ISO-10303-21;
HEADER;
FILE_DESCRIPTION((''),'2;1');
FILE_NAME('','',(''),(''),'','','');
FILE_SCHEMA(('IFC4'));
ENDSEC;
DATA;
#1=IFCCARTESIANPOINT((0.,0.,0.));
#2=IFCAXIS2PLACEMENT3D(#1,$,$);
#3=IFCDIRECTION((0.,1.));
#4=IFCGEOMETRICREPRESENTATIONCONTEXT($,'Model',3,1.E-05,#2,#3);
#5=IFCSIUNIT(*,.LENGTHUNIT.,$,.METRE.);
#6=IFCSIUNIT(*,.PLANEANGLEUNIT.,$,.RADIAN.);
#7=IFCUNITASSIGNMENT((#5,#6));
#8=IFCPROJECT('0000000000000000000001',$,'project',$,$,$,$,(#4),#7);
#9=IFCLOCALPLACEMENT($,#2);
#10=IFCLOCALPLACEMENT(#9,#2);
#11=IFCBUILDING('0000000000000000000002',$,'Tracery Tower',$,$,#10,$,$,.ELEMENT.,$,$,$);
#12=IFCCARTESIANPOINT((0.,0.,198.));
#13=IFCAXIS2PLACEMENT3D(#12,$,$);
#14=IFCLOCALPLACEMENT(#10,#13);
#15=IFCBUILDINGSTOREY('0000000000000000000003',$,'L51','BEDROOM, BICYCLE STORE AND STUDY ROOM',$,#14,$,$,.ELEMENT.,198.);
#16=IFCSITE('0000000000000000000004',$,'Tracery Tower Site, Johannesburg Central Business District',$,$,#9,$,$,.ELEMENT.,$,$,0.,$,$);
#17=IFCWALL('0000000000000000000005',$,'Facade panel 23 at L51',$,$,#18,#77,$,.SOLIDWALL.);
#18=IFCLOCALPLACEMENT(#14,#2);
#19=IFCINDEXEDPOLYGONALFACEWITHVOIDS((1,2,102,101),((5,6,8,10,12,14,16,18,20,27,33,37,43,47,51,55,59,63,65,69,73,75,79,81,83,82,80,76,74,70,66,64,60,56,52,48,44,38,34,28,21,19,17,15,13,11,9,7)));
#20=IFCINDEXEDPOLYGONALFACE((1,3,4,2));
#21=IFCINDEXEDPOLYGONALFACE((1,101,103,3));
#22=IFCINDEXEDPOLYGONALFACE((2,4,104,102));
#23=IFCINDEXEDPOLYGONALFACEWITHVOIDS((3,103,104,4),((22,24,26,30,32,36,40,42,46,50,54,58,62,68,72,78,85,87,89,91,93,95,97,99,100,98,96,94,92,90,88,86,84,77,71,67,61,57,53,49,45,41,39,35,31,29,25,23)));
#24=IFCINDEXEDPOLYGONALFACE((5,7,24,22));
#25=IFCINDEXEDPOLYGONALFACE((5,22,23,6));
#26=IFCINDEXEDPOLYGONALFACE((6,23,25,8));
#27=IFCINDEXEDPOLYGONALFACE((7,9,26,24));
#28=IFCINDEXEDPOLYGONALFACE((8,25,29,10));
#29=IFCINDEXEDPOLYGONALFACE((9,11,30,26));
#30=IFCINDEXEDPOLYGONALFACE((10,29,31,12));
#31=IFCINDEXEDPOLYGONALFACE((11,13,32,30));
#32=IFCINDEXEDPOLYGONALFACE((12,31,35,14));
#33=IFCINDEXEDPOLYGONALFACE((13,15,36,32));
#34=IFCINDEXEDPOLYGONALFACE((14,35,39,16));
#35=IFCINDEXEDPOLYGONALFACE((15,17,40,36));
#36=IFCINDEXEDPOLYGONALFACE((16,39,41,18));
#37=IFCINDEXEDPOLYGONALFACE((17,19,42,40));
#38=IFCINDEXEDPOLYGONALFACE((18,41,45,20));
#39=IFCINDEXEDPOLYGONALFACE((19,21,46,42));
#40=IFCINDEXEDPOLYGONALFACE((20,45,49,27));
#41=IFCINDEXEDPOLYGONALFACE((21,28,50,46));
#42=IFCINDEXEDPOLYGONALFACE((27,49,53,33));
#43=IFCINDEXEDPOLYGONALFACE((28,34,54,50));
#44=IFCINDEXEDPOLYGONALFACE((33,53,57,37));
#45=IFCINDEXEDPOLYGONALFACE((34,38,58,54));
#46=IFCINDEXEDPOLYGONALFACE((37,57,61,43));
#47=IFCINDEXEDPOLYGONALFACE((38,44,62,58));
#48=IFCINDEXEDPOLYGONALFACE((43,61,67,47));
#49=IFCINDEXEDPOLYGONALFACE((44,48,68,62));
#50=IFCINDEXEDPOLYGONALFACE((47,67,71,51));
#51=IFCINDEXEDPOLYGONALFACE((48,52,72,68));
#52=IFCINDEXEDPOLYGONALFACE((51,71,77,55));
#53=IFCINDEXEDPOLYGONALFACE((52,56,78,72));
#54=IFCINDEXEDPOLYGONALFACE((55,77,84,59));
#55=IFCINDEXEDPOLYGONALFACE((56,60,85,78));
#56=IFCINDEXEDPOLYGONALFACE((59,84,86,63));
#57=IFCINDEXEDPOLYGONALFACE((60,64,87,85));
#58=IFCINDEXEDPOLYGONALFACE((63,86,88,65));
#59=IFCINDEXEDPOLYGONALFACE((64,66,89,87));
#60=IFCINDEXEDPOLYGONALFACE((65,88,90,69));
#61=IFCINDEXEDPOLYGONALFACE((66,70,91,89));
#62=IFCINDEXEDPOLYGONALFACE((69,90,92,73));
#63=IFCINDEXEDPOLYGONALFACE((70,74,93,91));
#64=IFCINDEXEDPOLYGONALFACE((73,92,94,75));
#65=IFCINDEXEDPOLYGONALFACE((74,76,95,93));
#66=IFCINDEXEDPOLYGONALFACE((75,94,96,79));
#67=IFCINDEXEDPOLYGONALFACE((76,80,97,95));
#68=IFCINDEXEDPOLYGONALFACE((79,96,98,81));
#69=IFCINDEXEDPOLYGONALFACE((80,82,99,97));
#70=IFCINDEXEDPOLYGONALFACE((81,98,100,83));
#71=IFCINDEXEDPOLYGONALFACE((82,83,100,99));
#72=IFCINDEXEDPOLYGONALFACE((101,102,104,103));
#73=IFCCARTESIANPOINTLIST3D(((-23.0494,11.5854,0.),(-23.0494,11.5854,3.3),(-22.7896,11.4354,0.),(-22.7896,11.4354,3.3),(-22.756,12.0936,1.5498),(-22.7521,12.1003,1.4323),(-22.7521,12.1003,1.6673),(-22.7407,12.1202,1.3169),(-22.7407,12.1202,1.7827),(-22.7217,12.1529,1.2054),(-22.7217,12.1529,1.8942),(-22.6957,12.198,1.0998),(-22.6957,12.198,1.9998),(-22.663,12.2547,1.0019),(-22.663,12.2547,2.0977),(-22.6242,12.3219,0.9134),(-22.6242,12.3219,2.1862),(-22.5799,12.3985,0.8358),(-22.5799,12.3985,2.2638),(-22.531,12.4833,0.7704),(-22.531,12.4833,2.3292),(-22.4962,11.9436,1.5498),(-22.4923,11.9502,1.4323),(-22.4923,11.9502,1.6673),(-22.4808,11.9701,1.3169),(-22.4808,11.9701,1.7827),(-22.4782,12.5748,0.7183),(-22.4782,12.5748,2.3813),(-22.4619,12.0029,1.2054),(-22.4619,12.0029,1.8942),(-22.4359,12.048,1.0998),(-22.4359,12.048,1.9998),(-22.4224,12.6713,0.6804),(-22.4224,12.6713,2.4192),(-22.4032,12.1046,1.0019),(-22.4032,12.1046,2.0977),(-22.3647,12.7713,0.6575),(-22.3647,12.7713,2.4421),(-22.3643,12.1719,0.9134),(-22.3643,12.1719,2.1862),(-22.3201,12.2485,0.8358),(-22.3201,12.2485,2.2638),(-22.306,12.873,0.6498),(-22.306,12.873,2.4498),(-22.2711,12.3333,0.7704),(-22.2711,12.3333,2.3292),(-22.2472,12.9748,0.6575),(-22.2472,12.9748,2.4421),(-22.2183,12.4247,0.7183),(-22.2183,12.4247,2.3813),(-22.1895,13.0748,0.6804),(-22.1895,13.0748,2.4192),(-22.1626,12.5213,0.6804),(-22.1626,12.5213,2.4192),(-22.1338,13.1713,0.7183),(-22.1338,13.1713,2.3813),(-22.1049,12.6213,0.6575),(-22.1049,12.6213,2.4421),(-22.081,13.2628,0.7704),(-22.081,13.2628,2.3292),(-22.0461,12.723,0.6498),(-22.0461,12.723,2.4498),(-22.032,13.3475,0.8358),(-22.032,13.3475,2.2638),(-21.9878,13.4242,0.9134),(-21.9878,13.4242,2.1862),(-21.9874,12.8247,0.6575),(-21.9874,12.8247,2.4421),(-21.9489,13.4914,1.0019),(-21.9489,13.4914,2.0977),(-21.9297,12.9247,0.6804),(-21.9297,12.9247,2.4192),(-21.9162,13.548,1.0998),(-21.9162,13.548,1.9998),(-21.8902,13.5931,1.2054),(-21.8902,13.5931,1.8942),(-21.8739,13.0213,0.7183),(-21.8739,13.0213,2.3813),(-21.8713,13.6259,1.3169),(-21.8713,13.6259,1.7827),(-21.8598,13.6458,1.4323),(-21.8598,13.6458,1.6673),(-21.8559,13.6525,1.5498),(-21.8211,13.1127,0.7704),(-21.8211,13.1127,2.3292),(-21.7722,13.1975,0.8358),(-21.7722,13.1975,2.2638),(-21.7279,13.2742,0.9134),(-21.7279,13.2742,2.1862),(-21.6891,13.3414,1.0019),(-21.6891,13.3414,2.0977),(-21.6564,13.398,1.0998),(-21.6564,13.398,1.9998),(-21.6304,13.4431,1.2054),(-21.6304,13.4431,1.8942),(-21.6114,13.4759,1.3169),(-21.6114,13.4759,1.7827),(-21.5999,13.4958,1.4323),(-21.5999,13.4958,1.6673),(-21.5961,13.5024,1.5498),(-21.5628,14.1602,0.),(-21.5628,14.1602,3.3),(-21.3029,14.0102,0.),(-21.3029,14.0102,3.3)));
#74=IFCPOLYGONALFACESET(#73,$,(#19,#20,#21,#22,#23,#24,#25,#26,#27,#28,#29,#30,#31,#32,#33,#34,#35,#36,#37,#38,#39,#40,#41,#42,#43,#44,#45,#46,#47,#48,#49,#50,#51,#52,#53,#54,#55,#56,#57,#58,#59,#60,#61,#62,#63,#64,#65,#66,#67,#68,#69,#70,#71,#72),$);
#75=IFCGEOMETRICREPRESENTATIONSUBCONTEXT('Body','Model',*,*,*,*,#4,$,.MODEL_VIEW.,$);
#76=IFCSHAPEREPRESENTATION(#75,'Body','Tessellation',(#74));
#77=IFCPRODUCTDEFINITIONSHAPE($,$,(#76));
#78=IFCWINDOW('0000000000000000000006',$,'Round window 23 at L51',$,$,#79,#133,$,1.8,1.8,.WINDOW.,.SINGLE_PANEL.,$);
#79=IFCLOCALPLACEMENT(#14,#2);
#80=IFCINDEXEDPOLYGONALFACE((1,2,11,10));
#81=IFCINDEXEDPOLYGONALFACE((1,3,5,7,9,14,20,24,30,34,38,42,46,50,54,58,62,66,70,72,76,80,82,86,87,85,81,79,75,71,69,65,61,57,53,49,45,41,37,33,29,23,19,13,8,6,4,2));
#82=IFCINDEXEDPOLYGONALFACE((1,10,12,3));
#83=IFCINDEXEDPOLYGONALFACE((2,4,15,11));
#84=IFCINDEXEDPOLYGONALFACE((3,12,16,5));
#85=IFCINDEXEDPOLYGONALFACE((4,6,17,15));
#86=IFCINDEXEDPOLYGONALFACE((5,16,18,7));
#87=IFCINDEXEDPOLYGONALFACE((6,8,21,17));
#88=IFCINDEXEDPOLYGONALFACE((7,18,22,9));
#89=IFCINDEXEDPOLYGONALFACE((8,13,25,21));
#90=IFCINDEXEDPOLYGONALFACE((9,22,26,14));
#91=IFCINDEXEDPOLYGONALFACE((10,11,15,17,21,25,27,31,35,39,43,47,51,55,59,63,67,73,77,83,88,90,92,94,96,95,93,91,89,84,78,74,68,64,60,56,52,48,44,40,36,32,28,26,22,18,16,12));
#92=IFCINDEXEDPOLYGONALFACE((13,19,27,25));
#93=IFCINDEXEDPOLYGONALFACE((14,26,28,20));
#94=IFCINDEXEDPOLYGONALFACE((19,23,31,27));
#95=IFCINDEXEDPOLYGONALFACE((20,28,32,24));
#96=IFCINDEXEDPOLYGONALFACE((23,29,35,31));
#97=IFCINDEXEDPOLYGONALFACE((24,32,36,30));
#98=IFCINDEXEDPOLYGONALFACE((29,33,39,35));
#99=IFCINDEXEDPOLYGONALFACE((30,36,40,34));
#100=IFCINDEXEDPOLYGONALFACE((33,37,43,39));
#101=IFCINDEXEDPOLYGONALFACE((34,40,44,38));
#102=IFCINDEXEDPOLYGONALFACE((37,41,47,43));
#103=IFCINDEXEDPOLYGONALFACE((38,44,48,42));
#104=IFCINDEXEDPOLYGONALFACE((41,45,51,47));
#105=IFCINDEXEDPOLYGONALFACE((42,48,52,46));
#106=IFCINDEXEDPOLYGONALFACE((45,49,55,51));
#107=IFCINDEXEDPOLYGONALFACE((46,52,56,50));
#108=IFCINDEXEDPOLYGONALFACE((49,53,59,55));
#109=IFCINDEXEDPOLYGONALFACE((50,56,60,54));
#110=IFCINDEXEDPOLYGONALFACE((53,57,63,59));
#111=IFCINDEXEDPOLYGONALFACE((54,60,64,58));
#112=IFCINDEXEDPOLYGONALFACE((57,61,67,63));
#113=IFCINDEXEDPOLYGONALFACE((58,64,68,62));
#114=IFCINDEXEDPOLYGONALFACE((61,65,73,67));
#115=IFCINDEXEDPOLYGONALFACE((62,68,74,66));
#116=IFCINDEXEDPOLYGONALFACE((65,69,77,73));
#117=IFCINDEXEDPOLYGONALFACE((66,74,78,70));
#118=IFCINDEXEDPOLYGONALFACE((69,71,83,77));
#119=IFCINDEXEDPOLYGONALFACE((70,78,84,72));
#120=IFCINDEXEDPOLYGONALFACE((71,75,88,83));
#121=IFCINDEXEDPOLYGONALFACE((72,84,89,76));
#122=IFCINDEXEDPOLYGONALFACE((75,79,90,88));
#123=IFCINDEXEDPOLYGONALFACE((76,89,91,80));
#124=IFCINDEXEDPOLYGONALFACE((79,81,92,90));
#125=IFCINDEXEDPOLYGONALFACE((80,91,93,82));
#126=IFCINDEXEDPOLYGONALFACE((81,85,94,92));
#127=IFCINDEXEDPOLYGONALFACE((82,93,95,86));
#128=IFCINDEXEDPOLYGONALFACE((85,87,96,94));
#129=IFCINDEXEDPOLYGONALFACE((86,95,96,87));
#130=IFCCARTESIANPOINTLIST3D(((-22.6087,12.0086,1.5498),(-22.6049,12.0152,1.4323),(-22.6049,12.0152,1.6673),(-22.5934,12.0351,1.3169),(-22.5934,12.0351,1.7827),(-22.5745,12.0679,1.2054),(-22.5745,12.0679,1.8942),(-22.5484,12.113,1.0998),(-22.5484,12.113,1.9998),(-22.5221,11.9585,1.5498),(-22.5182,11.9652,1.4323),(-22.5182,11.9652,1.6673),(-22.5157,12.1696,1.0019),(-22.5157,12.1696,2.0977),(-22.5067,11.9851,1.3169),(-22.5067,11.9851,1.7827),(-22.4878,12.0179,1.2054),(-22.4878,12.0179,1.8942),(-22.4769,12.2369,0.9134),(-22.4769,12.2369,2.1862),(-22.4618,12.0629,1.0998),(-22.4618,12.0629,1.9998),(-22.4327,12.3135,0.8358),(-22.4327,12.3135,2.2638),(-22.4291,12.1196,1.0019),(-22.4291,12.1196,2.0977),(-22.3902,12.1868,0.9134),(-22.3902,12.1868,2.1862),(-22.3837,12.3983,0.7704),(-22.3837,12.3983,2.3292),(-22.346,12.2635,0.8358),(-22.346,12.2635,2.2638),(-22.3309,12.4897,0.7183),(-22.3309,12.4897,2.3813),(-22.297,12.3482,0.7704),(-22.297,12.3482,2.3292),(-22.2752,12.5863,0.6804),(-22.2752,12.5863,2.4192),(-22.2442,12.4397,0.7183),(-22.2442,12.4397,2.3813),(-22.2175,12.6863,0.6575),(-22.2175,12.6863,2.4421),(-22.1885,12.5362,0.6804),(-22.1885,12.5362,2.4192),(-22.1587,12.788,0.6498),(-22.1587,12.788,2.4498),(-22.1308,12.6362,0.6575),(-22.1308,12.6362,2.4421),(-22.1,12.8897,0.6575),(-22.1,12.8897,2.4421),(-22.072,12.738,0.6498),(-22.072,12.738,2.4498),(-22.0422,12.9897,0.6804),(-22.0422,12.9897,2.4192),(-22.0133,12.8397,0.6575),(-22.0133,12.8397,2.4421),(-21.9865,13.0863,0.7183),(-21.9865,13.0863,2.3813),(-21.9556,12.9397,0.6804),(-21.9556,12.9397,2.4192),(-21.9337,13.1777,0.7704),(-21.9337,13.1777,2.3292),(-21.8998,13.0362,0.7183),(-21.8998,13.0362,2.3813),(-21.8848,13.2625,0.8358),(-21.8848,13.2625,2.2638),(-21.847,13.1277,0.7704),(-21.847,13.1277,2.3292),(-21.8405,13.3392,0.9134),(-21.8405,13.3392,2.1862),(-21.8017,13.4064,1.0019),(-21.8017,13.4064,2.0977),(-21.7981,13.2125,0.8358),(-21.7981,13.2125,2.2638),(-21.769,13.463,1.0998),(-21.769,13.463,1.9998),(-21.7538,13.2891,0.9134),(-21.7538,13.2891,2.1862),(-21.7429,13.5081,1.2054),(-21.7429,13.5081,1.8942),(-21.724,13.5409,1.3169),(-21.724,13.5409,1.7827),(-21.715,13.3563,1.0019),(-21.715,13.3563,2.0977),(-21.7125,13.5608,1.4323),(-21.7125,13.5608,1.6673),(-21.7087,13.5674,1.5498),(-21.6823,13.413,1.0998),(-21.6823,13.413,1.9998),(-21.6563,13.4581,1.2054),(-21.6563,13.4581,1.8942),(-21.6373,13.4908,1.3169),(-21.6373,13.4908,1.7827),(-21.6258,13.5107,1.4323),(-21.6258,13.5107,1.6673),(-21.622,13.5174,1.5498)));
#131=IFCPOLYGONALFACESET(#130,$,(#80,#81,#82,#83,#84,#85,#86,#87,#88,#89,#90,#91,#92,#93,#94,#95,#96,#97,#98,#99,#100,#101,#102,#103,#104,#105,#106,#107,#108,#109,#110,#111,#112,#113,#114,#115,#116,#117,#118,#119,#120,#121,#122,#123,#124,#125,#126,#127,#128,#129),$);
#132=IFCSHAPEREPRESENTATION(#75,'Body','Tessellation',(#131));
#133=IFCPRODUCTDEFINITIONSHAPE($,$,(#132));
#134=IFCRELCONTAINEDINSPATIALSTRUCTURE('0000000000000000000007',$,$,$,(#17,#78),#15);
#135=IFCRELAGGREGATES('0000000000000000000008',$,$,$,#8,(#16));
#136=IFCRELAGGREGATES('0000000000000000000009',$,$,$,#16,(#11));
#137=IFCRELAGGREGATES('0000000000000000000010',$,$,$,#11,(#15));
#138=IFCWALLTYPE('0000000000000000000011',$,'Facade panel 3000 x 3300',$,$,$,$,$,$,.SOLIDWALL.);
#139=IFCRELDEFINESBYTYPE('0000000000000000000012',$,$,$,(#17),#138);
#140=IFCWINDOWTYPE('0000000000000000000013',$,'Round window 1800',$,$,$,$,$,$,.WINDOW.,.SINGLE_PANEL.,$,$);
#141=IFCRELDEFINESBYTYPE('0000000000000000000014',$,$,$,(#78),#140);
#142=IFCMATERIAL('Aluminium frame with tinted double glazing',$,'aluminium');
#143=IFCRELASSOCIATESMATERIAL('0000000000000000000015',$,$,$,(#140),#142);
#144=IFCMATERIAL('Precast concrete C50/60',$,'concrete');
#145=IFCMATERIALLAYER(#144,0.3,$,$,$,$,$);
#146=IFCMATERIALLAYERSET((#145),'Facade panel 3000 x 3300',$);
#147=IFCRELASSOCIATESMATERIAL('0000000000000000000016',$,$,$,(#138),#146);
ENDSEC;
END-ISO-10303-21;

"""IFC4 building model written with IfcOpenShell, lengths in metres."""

from ifc_helpers import new_model, si_unit, direction, frame, frame_2d, origin, origin_2d, place, context, subcontext, project, spatial, rectangle, circle, extrude, material, layer, layer_set, type_object, element, fill, save


model = new_model("IFC4")

# Units and contexts
model_context = context("Model", 3, precision=1e-05, world=origin(), true_north=direction((0.0, 1.0)))
body_context = subcontext(model_context, "Body", "Model", "MODEL_VIEW")
ifc_project = project(units=[si_unit("LENGTHUNIT", "METRE"), si_unit("PLANEANGLEUNIT", "RADIAN")], contexts=[model_context])

# Site, building, storey
site_placement = place(None, origin())
site = spatial("IfcSite", under=ifc_project, at=site_placement, Name="Tracery Tower Site, Johannesburg Central Business District", CompositionType="ELEMENT", RefElevation=0.0)
building_placement = place(site_placement, origin())
building = spatial("IfcBuilding", under=site, at=building_placement, Name="Tracery Tower", CompositionType="ELEMENT")
storey_placement = place(building_placement, frame((0.0, 0.0, 198.0)))
storey = spatial("IfcBuildingStorey", under=building, at=storey_placement, Name="L51", Description="BEDROOM, BICYCLE STORE AND STUDY ROOM", CompositionType="ELEMENT", Elevation=198.0)

# Wall, opening, window
ifc_material_1 = material(Name="Aluminium frame with tinted double glazing", Category="aluminium")
window_type = type_object("IfcWindowType", Name="Round window 1800", PartitioningType="SINGLE_PANEL", PredefinedType="WINDOW", material=ifc_material_1)
ifc_material_2 = material(Name="Precast concrete C50/60", Category="concrete")
ifc_layer_1 = layer(ifc_material_2, 0.3)
ifc_layer_set_1 = layer_set([ifc_layer_1], Name="Facade panel 3000 x 3300")
wall_type_1 = type_object("IfcWallType", Name="Facade panel 3000 x 3300", PredefinedType="SOLIDWALL", material=ifc_layer_set_1)
wall_1_placement = place(storey_placement, frame((-21.4329, 14.0852, 0.0), z_axis=(0.0, 0.0, 1.0), x_axis=(-0.500016, -0.866016, 0.0)))
wall_1 = element("IfcWall", 1, at=wall_1_placement, inside=storey, type_object=wall_type_1, Name="Facade panel 23 at L51", PredefinedType="SOLIDWALL", context=body_context, shape_type="SweptSolid", body=[
    extrude(rectangle(XDim=2.9731, YDim=0.3, at=frame_2d((1.4866, 0.0))), origin(), (0.0, 0.0, 1.0), 3.3),
])
opening_1_placement = place(wall_1_placement, frame((1.4863, 0.0, 1.5498)))
opening_1 = element("IfcOpeningElement", 2, at=opening_1_placement, cuts=wall_1, PredefinedType="OPENING", context=body_context, shape_type="SweptSolid", body=[
    extrude(circle(Radius=0.9, at=origin_2d()), frame((0.0, 0.1599, 0.0), z_axis=(0.0, -1.0, 0.0), x_axis=(1.0, 0.0, 0.0)), (0.0, 0.0, 1.0), 0.3201),
])
window_1_placement = place(opening_1_placement, origin())
window_1 = element("IfcWindow", 3, at=window_1_placement, inside=storey, type_object=window_type, Name="Round window 23 at L51", OverallHeight=1.8, OverallWidth=1.8, PartitioningType="SINGLE_PANEL", PredefinedType="WINDOW", context=body_context, shape_type="SweptSolid", body=[
    extrude(circle(Radius=0.9, at=origin_2d()), frame((0.0, 0.1201, 0.0), z_axis=(0.0, -1.0, 0.0), x_axis=(1.0, 0.0, 0.0)), (0.0, 0.0, 1.0), 0.1001),
])
fill(opening_1, window_1)

save(model, "model.ifc")
